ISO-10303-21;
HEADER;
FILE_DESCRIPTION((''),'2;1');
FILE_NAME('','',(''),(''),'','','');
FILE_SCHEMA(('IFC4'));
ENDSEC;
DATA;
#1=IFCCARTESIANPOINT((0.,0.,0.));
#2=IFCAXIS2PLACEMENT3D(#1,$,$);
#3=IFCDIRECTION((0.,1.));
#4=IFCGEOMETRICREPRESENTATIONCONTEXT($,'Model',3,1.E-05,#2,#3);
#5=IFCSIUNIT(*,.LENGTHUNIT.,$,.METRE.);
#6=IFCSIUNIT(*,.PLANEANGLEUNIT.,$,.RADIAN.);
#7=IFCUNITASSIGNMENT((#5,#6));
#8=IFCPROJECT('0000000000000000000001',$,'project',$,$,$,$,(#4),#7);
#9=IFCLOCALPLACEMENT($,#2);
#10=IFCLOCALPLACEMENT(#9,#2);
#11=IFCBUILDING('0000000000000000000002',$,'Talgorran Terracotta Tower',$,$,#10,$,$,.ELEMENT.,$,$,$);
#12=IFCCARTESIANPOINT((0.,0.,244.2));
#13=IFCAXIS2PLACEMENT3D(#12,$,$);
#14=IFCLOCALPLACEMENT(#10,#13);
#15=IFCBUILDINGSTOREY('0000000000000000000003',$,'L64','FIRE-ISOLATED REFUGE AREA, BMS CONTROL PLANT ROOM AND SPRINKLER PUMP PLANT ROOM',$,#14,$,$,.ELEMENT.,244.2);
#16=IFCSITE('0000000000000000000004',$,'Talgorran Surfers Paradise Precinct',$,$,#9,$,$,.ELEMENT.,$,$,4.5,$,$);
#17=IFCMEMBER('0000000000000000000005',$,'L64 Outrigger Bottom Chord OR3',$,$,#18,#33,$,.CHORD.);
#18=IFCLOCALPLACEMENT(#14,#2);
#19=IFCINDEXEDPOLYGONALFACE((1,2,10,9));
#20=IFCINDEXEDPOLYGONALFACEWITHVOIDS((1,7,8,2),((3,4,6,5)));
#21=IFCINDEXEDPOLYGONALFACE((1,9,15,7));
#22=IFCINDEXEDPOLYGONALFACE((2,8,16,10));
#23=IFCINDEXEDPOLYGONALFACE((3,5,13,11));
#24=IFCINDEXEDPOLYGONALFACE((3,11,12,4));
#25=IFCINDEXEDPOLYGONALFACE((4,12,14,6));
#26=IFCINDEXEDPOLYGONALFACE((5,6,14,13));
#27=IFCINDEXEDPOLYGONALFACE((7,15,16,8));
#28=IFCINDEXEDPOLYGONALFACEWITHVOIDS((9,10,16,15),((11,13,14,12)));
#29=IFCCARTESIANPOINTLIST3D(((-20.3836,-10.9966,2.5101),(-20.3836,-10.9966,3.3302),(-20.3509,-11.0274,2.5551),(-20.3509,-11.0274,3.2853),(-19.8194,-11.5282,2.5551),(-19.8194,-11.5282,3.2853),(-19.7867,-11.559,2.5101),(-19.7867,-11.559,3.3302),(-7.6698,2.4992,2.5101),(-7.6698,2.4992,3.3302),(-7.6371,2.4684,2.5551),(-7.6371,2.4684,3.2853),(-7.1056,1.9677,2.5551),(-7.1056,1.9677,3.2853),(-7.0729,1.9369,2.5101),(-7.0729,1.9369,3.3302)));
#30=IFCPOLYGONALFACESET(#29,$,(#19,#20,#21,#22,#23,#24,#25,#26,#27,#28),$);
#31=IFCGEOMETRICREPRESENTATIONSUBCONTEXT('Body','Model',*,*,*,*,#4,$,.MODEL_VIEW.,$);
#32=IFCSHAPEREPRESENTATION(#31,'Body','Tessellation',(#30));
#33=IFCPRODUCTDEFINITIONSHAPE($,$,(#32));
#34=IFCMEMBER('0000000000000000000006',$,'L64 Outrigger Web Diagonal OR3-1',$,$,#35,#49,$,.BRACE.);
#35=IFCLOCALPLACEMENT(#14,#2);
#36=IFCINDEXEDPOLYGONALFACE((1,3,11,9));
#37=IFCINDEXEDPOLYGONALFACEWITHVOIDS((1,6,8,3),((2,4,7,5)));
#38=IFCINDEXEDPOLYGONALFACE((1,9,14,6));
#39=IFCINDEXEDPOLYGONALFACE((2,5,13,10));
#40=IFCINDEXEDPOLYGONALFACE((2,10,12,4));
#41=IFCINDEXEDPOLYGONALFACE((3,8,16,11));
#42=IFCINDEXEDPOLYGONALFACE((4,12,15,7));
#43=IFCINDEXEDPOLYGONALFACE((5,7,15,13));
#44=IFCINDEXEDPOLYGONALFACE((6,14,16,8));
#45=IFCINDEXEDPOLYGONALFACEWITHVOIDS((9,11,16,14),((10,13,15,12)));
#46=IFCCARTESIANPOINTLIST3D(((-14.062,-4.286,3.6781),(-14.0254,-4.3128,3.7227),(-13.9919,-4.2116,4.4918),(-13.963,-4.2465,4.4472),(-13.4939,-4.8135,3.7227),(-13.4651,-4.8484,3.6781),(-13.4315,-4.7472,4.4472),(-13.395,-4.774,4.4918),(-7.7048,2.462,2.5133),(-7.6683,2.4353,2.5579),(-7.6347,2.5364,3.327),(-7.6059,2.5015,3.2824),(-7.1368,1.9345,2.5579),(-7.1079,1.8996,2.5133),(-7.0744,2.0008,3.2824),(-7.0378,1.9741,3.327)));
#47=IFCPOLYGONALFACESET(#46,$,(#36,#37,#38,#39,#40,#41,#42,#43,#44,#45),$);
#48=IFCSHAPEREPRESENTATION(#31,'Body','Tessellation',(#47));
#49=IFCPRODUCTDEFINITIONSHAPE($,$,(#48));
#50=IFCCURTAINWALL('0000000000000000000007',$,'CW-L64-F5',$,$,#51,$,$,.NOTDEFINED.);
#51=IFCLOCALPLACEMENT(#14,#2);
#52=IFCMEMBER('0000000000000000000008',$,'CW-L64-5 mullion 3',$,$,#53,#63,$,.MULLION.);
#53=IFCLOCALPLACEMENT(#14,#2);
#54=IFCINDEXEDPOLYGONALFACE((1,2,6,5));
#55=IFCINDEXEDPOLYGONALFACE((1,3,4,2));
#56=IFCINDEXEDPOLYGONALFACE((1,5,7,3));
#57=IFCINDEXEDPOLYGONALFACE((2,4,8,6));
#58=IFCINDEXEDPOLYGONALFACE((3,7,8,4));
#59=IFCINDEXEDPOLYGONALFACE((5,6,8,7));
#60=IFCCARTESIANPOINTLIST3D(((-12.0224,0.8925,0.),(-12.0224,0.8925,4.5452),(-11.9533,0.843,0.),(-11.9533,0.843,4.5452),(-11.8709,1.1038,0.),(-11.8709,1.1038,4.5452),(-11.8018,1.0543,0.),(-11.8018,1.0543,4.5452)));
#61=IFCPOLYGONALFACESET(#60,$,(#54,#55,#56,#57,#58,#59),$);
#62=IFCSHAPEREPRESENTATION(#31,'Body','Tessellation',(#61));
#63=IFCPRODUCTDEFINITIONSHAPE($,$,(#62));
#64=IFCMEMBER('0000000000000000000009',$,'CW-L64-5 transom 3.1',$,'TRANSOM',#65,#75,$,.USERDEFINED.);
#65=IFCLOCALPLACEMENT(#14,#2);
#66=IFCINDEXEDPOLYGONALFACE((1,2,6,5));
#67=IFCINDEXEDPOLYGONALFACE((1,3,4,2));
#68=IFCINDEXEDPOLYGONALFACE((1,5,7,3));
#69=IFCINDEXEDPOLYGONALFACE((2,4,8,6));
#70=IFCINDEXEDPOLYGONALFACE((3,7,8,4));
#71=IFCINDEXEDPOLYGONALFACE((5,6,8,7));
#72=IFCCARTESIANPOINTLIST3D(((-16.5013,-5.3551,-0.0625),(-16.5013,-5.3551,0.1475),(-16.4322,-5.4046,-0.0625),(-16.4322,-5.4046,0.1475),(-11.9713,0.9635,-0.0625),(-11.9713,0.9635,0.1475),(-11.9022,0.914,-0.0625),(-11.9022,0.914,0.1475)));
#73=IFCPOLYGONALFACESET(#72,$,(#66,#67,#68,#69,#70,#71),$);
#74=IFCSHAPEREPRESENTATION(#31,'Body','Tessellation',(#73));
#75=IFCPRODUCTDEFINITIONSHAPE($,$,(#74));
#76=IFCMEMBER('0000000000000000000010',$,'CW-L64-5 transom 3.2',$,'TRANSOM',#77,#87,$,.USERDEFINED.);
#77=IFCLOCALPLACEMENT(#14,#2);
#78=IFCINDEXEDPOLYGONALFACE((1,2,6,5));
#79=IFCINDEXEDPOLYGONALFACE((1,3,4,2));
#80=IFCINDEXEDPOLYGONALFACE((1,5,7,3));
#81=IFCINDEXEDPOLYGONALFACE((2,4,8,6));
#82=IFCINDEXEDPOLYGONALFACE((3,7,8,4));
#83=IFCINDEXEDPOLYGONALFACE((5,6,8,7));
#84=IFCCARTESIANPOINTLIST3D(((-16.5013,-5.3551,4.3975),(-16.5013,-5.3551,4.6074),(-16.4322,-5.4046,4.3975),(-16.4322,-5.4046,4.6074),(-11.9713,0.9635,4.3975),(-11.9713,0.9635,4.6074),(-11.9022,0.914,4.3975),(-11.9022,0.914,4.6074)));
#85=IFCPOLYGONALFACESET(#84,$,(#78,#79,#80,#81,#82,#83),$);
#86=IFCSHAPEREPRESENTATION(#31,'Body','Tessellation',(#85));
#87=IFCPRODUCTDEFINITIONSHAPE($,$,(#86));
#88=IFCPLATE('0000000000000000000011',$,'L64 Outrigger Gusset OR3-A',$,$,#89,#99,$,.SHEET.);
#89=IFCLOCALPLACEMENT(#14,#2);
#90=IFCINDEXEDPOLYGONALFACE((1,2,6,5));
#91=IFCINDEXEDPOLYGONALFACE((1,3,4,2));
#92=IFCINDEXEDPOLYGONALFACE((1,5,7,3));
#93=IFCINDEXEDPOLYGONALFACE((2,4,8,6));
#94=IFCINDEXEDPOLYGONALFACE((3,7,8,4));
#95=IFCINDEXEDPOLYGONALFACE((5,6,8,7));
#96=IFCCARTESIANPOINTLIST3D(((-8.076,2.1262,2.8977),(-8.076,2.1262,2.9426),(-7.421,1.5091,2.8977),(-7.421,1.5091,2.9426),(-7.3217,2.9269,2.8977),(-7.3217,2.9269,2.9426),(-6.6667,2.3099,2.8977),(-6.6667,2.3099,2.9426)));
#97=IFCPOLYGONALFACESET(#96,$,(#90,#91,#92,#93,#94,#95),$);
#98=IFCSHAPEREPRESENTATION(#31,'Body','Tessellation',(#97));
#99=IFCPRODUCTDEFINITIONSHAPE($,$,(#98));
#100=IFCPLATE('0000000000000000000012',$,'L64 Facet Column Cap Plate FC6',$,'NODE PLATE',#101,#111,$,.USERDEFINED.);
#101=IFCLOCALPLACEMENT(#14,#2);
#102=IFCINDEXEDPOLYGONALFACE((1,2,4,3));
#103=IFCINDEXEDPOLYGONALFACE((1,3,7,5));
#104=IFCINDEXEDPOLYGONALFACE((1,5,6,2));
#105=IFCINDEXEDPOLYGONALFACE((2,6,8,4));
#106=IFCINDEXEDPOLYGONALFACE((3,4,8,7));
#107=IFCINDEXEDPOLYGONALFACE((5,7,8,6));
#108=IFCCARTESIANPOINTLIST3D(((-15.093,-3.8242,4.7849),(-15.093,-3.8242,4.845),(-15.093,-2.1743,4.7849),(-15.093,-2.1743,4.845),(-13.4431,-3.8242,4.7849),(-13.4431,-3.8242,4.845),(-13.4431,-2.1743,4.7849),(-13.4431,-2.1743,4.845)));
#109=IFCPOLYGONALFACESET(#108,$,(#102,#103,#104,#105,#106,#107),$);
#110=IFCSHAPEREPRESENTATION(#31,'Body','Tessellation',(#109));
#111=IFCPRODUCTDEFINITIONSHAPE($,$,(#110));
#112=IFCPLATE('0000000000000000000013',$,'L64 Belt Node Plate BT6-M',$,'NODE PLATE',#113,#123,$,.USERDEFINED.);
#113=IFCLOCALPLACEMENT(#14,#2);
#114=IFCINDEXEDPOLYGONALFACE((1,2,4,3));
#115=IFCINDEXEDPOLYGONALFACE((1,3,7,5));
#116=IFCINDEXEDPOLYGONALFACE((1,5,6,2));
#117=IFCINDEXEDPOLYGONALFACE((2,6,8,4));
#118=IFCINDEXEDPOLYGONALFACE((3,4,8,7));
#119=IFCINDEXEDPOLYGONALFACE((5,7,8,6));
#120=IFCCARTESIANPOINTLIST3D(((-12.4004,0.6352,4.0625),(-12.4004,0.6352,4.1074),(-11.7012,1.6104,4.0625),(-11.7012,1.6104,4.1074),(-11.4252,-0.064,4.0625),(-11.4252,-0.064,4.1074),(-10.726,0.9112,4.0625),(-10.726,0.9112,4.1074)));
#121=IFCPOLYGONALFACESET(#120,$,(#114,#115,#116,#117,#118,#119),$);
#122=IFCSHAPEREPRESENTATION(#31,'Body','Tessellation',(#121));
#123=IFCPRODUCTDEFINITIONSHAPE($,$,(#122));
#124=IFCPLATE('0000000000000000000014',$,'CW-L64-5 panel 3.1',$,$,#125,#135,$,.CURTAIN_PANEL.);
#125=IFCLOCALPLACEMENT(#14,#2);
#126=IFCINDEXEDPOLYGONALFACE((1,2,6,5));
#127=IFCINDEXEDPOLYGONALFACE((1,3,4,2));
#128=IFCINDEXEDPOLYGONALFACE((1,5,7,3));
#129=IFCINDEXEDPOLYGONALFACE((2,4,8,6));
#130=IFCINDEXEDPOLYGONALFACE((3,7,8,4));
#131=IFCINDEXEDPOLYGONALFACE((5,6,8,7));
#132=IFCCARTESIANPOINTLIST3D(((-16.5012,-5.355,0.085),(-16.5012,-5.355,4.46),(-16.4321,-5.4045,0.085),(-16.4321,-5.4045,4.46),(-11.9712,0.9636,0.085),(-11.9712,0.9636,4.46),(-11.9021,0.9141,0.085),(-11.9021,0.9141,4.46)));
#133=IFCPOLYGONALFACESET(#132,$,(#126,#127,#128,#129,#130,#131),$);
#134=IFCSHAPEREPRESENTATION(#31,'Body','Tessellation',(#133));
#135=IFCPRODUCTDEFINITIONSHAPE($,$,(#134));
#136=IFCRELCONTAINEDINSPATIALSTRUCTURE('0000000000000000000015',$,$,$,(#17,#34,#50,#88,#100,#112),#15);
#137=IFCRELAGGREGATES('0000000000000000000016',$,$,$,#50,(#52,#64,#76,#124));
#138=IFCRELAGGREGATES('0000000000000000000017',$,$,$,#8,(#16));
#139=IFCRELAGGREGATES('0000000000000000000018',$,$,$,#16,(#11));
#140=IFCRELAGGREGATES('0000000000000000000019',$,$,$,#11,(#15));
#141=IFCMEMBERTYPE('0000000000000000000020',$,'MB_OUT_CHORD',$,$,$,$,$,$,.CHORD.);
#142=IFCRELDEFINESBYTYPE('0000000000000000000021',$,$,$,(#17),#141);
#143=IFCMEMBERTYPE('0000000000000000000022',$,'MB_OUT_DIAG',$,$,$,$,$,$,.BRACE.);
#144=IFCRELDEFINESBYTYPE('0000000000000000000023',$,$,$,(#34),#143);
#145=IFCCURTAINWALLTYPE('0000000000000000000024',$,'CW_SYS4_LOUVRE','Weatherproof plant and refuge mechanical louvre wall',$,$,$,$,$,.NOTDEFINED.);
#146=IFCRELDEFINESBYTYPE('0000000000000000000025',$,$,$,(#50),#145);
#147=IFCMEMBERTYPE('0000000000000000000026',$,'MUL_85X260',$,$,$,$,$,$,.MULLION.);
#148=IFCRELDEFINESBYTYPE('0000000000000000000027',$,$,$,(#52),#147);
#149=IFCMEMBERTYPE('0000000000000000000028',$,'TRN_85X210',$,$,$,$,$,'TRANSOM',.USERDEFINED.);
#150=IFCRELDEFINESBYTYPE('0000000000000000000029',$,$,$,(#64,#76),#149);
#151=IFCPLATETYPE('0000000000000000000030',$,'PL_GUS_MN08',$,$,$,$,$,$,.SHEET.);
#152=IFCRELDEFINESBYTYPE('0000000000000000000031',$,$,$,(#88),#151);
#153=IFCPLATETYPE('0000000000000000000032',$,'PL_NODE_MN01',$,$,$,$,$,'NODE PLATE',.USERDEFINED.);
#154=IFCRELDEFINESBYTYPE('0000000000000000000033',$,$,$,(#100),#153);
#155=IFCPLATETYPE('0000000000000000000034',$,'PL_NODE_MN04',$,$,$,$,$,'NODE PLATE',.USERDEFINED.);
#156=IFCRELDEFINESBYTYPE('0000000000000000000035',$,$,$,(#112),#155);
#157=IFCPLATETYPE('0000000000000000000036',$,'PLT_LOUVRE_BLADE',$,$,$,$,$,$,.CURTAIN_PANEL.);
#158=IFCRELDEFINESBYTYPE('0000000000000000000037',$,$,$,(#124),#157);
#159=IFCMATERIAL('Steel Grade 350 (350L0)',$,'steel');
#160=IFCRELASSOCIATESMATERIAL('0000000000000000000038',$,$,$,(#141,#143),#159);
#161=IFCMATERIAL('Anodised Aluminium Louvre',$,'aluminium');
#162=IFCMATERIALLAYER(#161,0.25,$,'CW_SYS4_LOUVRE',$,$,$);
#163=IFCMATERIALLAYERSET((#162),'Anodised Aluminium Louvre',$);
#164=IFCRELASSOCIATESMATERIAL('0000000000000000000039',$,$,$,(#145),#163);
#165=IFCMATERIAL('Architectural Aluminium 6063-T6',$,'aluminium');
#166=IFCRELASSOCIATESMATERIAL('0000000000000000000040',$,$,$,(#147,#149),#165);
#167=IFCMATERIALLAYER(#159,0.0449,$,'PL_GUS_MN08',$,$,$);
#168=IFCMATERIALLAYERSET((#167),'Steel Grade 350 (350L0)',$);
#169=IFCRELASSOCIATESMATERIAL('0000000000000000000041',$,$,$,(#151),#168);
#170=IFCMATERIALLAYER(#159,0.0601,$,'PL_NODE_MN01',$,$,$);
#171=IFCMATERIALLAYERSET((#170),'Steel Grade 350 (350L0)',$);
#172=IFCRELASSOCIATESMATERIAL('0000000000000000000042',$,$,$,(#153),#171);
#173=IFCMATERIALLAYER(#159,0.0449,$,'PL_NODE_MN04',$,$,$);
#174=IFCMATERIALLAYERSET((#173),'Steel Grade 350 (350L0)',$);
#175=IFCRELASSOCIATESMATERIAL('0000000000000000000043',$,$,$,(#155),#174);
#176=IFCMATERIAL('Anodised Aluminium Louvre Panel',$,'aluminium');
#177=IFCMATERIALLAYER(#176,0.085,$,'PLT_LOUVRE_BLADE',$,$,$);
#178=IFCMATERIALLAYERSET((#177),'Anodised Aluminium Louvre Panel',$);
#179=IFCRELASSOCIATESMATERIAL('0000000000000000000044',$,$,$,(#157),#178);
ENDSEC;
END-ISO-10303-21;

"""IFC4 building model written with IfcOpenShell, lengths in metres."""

from ifc_helpers import new_model, si_unit, direction, frame, origin, origin_2d, place, context, subcontext, project, spatial, rectangle, hollow_rectangle, extrude, source, transform, mapped, material, layer, layer_set, material_profile, profile_set, type_object, type_shapes, element, aggregate, save


model = new_model("IFC4")

# Units and contexts
model_context = context("Model", 3, precision=1e-05, world=origin(), true_north=direction((0.0, 1.0)))
body_context = subcontext(model_context, "Body", "Model", "MODEL_VIEW")
ifc_project = project(units=[si_unit("LENGTHUNIT", "METRE"), si_unit("PLANEANGLEUNIT", "RADIAN")], contexts=[model_context])

# Site, building, storey
site_placement = place(None, origin())
site = spatial("IfcSite", under=ifc_project, at=site_placement, Name="Talgorran Surfers Paradise Precinct", CompositionType="ELEMENT", RefElevation=4.5)
building_placement = place(site_placement, origin())
building = spatial("IfcBuilding", under=site, at=building_placement, Name="Talgorran Terracotta Tower", CompositionType="ELEMENT")
storey_placement = place(building_placement, frame((0.0, 0.0, 244.2)))
storey = spatial("IfcBuildingStorey", under=building, at=storey_placement, Name="L64", Description="FIRE-ISOLATED REFUGE AREA, BMS CONTROL PLANT ROOM AND SPRINKLER PUMP PLANT ROOM", CompositionType="ELEMENT", Elevation=244.2)

# Shared definitions
ifc_material_1 = material(Name="Steel Grade 350 (350L0)", Category="steel")

# Members
ifc_material_profile_1 = material_profile(ifc_material_1, hollow_rectangle(XDim=0.8201, YDim=0.8201, WallThickness=0.0449, at=origin_2d()), Name="WBOX820X820X45")
ifc_profile_set_1 = profile_set([ifc_material_profile_1], Name="Steel Grade 350 (350L0)")
member_type_1 = type_object("IfcMemberType", Name="MB_OUT_CHORD", PredefinedType="CHORD", material=ifc_profile_set_1)
member_1_placement = place(storey_placement, frame((-7.3713, 2.218, 2.9202), z_axis=(-0.685705, -0.72788, 0.0), x_axis=(0.72788, -0.685705, 0.0)))
element("IfcMember", 1, at=member_1_placement, inside=storey, type_object=member_type_1, Name="L64 Outrigger Bottom Chord OR3", PredefinedType="CHORD", context=body_context, shape_type="SweptSolid", body=[
    extrude(hollow_rectangle(XDim=0.8201, YDim=0.8201, WallThickness=0.0449, at=origin_2d()), origin(), (0.0, 0.0, 1.0), 18.5413),
])
ifc_material_profile_2 = material_profile(ifc_material_1, hollow_rectangle(XDim=0.8201, YDim=0.8201, WallThickness=0.0449, at=origin_2d()), Name="WBOX820X820X45")
ifc_profile_set_2 = profile_set([ifc_material_profile_2], Name="Steel Grade 350 (350L0)")
member_type_2 = type_object("IfcMemberType", Name="MB_OUT_DIAG", PredefinedType="BRACE", material=ifc_profile_set_2)
member_2_placement = place(storey_placement, frame((-7.3713, 2.218, 2.9202), z_axis=(-0.680363, -0.722195, 0.12466), x_axis=(0.727873, -0.685712, 0.0)))
element("IfcMember", 2, at=member_2_placement, inside=storey, type_object=member_type_2, Name="L64 Outrigger Web Diagonal OR3-1", PredefinedType="BRACE", context=body_context, shape_type="SweptSolid", body=[
    extrude(hollow_rectangle(XDim=0.8201, YDim=0.8201, WallThickness=0.0449, at=origin_2d()), origin(), (0.0, 0.0, 1.0), 9.3438),
])

# Curtain wall, members
ifc_material_2 = material(Name="Anodised Aluminium Louvre", Category="aluminium")
ifc_layer_1 = layer(ifc_material_2, 0.25, Name="CW_SYS4_LOUVRE")
ifc_layer_set_1 = layer_set([ifc_layer_1], Name="Anodised Aluminium Louvre")
curtain_wall_type = type_object("IfcCurtainWallType", Name="CW_SYS4_LOUVRE", Description="Weatherproof plant and refuge mechanical louvre wall", PredefinedType="NOTDEFINED", material=ifc_layer_set_1)
curtain_wall_placement = place(storey_placement, origin())
curtain_wall = element("IfcCurtainWall", 3, at=curtain_wall_placement, inside=storey, type_object=curtain_wall_type, Name="CW-L64-F5", PredefinedType="NOTDEFINED")
ifc_material_3 = material(Name="Architectural Aluminium 6063-T6", Category="aluminium")
ifc_material_profile_3 = material_profile(ifc_material_3, rectangle(XDim=0.085, YDim=0.26, at=origin_2d()), Name="CWM85X260")
ifc_profile_set_3 = profile_set([ifc_material_profile_3], Name="Architectural Aluminium 6063-T6")
member_type_3 = type_object("IfcMemberType", Name="MUL_85X260", PredefinedType="MULLION", material=ifc_profile_set_3)
member_3_placement = place(storey_placement, frame((-11.9121, 0.9734, 0.0), z_axis=(0.0, 0.0, 1.0), x_axis=(0.812713, -0.582665, 0.0)))
member_3 = element("IfcMember", 4, at=member_3_placement, type_object=member_type_3, Name="CW-L64-5 mullion 3", PredefinedType="MULLION", context=body_context, shape_type="SweptSolid", body=[
    extrude(rectangle(XDim=0.085, YDim=0.26, at=origin_2d()), origin(), (0.0, 0.0, 1.0), 4.5452),
])
ifc_material_profile_4 = material_profile(ifc_material_3, rectangle(XDim=0.085, YDim=0.21, at=origin_2d()), Name="CWT85X210")
ifc_profile_set_4 = profile_set([ifc_material_profile_4], Name="Architectural Aluminium 6063-T6")
member_type_4 = type_object("IfcMemberType", Name="TRN_85X210", ElementType="TRANSOM", PredefinedType="USERDEFINED", material=ifc_profile_set_4)
member_4_placement = place(storey_placement, frame((-11.9368, 0.9387, 0.0425), z_axis=(-0.582663, -0.812714, 0.0), x_axis=(0.812714, -0.582663, 0.0)))
member_4 = element("IfcMember", 5, at=member_4_placement, type_object=member_type_4, Name="CW-L64-5 transom 3.1", ObjectType="TRANSOM", PredefinedType="USERDEFINED", context=body_context, shape_type="SweptSolid", body=[
    extrude(rectangle(XDim=0.085, YDim=0.21, at=origin_2d()), origin(), (0.0, 0.0, 1.0), 7.7747),
])
member_5_placement = place(storey_placement, frame((-11.9368, 0.9387, 4.5024), z_axis=(-0.582663, -0.812714, 0.0), x_axis=(0.812714, -0.582663, 0.0)))
member_5 = element("IfcMember", 6, at=member_5_placement, type_object=member_type_4, Name="CW-L64-5 transom 3.2", ObjectType="TRANSOM", PredefinedType="USERDEFINED", context=body_context, shape_type="SweptSolid", body=[
    extrude(rectangle(XDim=0.085, YDim=0.21, at=origin_2d()), origin(), (0.0, 0.0, 1.0), 7.7747),
])

# Plates
ifc_layer_2 = layer(ifc_material_1, 0.0449, Name="PL_GUS_MN08")
ifc_layer_set_2 = layer_set([ifc_layer_2], Name="Steel Grade 350 (350L0)")
plate_type_1 = type_object("IfcPlateType", Name="PL_GUS_MN08", PredefinedType="SHEET", material=ifc_layer_set_2)
plate_1_placement = place(storey_placement, frame((-7.3713, 2.218, 2.8977), z_axis=(0.0, 0.0, 1.0), x_axis=(-0.685691, -0.727892, 0.0)))
element("IfcPlate", 7, at=plate_1_placement, inside=storey, type_object=plate_type_1, Name="L64 Outrigger Gusset OR3-A", PredefinedType="SHEET", context=body_context, shape_type="SweptSolid", body=[
    extrude(rectangle(XDim=1.1001, YDim=0.8999, at=origin_2d()), origin(), (0.0, 0.0, 1.0), 0.0449),
])
ifc_layer_3 = layer(ifc_material_1, 0.0601, Name="PL_NODE_MN01")
ifc_layer_set_3 = layer_set([ifc_layer_3], Name="Steel Grade 350 (350L0)")
plate_type_2 = type_object("IfcPlateType", Name="PL_NODE_MN01", ElementType="NODE PLATE", PredefinedType="USERDEFINED", material=ifc_layer_set_3)
plate_2_placement = place(storey_placement, frame((-14.2681, -2.9993, 4.7849), z_axis=(0.0, 0.0, 1.0), x_axis=(1.0, 0.0, 0.0)))
element("IfcPlate", 8, at=plate_2_placement, inside=storey, type_object=plate_type_2, Name="L64 Facet Column Cap Plate FC6", ObjectType="NODE PLATE", PredefinedType="USERDEFINED", context=body_context, shape_type="SweptSolid", body=[
    extrude(rectangle(XDim=1.6499, YDim=1.6499, at=origin_2d()), origin(), (0.0, 0.0, 1.0), 0.0601),
])
ifc_layer_4 = layer(ifc_material_1, 0.0449, Name="PL_NODE_MN04")
ifc_layer_set_4 = layer_set([ifc_layer_4], Name="Steel Grade 350 (350L0)")
plate_type_3 = type_object("IfcPlateType", Name="PL_NODE_MN04", ElementType="NODE PLATE", PredefinedType="USERDEFINED", material=ifc_layer_set_4)
plate_3_placement = place(storey_placement, frame((-11.5632, 0.7732, 4.0625), z_axis=(0.0, 0.0, 1.0), x_axis=(-0.58269, -0.812694, 0.0)))
element("IfcPlate", 9, at=plate_3_placement, inside=storey, type_object=plate_type_3, Name="L64 Belt Node Plate BT6-M", ObjectType="NODE PLATE", PredefinedType="USERDEFINED", context=body_context, shape_type="SweptSolid", body=[
    extrude(rectangle(XDim=1.2, YDim=1.2, at=origin_2d()), origin(), (0.0, 0.0, 1.0), 0.0449),
])

# Plate
ifc_material_4 = material(Name="Anodised Aluminium Louvre Panel", Category="aluminium")
ifc_layer_5 = layer(ifc_material_4, 0.085, Name="PLT_LOUVRE_BLADE")
ifc_layer_set_5 = layer_set([ifc_layer_5], Name="Anodised Aluminium Louvre Panel")
plate_type_4 = type_object("IfcPlateType", Name="PLT_LOUVRE_BLADE", PredefinedType="CURTAIN_PANEL", material=ifc_layer_set_5)
shared_shape = source(origin(), body_context, "Body", "SweptSolid", [
    extrude(rectangle(XDim=7.7747, YDim=0.085, at=origin_2d()), origin(), (0.0, 0.0, 1.0), 4.375),
])
type_shapes(plate_type_4, [shared_shape])
plate_4_placement = place(storey_placement, frame((-14.2017, -2.2205, 0.085), z_axis=(0.0, 0.0, 1.0), x_axis=(-0.582665, -0.812713, 0.0)))
plate_4 = element("IfcPlate", 10, at=plate_4_placement, type_object=plate_type_4, Name="CW-L64-5 panel 3.1", PredefinedType="CURTAIN_PANEL", context=body_context, shape_type="MappedRepresentation", body=[
    mapped(shared_shape, transform((0.0, 0.0, 0.0), scale=1.0)),
])
aggregate(curtain_wall, [member_3, member_4, member_5, plate_4])

save(model, "model.ifc")
